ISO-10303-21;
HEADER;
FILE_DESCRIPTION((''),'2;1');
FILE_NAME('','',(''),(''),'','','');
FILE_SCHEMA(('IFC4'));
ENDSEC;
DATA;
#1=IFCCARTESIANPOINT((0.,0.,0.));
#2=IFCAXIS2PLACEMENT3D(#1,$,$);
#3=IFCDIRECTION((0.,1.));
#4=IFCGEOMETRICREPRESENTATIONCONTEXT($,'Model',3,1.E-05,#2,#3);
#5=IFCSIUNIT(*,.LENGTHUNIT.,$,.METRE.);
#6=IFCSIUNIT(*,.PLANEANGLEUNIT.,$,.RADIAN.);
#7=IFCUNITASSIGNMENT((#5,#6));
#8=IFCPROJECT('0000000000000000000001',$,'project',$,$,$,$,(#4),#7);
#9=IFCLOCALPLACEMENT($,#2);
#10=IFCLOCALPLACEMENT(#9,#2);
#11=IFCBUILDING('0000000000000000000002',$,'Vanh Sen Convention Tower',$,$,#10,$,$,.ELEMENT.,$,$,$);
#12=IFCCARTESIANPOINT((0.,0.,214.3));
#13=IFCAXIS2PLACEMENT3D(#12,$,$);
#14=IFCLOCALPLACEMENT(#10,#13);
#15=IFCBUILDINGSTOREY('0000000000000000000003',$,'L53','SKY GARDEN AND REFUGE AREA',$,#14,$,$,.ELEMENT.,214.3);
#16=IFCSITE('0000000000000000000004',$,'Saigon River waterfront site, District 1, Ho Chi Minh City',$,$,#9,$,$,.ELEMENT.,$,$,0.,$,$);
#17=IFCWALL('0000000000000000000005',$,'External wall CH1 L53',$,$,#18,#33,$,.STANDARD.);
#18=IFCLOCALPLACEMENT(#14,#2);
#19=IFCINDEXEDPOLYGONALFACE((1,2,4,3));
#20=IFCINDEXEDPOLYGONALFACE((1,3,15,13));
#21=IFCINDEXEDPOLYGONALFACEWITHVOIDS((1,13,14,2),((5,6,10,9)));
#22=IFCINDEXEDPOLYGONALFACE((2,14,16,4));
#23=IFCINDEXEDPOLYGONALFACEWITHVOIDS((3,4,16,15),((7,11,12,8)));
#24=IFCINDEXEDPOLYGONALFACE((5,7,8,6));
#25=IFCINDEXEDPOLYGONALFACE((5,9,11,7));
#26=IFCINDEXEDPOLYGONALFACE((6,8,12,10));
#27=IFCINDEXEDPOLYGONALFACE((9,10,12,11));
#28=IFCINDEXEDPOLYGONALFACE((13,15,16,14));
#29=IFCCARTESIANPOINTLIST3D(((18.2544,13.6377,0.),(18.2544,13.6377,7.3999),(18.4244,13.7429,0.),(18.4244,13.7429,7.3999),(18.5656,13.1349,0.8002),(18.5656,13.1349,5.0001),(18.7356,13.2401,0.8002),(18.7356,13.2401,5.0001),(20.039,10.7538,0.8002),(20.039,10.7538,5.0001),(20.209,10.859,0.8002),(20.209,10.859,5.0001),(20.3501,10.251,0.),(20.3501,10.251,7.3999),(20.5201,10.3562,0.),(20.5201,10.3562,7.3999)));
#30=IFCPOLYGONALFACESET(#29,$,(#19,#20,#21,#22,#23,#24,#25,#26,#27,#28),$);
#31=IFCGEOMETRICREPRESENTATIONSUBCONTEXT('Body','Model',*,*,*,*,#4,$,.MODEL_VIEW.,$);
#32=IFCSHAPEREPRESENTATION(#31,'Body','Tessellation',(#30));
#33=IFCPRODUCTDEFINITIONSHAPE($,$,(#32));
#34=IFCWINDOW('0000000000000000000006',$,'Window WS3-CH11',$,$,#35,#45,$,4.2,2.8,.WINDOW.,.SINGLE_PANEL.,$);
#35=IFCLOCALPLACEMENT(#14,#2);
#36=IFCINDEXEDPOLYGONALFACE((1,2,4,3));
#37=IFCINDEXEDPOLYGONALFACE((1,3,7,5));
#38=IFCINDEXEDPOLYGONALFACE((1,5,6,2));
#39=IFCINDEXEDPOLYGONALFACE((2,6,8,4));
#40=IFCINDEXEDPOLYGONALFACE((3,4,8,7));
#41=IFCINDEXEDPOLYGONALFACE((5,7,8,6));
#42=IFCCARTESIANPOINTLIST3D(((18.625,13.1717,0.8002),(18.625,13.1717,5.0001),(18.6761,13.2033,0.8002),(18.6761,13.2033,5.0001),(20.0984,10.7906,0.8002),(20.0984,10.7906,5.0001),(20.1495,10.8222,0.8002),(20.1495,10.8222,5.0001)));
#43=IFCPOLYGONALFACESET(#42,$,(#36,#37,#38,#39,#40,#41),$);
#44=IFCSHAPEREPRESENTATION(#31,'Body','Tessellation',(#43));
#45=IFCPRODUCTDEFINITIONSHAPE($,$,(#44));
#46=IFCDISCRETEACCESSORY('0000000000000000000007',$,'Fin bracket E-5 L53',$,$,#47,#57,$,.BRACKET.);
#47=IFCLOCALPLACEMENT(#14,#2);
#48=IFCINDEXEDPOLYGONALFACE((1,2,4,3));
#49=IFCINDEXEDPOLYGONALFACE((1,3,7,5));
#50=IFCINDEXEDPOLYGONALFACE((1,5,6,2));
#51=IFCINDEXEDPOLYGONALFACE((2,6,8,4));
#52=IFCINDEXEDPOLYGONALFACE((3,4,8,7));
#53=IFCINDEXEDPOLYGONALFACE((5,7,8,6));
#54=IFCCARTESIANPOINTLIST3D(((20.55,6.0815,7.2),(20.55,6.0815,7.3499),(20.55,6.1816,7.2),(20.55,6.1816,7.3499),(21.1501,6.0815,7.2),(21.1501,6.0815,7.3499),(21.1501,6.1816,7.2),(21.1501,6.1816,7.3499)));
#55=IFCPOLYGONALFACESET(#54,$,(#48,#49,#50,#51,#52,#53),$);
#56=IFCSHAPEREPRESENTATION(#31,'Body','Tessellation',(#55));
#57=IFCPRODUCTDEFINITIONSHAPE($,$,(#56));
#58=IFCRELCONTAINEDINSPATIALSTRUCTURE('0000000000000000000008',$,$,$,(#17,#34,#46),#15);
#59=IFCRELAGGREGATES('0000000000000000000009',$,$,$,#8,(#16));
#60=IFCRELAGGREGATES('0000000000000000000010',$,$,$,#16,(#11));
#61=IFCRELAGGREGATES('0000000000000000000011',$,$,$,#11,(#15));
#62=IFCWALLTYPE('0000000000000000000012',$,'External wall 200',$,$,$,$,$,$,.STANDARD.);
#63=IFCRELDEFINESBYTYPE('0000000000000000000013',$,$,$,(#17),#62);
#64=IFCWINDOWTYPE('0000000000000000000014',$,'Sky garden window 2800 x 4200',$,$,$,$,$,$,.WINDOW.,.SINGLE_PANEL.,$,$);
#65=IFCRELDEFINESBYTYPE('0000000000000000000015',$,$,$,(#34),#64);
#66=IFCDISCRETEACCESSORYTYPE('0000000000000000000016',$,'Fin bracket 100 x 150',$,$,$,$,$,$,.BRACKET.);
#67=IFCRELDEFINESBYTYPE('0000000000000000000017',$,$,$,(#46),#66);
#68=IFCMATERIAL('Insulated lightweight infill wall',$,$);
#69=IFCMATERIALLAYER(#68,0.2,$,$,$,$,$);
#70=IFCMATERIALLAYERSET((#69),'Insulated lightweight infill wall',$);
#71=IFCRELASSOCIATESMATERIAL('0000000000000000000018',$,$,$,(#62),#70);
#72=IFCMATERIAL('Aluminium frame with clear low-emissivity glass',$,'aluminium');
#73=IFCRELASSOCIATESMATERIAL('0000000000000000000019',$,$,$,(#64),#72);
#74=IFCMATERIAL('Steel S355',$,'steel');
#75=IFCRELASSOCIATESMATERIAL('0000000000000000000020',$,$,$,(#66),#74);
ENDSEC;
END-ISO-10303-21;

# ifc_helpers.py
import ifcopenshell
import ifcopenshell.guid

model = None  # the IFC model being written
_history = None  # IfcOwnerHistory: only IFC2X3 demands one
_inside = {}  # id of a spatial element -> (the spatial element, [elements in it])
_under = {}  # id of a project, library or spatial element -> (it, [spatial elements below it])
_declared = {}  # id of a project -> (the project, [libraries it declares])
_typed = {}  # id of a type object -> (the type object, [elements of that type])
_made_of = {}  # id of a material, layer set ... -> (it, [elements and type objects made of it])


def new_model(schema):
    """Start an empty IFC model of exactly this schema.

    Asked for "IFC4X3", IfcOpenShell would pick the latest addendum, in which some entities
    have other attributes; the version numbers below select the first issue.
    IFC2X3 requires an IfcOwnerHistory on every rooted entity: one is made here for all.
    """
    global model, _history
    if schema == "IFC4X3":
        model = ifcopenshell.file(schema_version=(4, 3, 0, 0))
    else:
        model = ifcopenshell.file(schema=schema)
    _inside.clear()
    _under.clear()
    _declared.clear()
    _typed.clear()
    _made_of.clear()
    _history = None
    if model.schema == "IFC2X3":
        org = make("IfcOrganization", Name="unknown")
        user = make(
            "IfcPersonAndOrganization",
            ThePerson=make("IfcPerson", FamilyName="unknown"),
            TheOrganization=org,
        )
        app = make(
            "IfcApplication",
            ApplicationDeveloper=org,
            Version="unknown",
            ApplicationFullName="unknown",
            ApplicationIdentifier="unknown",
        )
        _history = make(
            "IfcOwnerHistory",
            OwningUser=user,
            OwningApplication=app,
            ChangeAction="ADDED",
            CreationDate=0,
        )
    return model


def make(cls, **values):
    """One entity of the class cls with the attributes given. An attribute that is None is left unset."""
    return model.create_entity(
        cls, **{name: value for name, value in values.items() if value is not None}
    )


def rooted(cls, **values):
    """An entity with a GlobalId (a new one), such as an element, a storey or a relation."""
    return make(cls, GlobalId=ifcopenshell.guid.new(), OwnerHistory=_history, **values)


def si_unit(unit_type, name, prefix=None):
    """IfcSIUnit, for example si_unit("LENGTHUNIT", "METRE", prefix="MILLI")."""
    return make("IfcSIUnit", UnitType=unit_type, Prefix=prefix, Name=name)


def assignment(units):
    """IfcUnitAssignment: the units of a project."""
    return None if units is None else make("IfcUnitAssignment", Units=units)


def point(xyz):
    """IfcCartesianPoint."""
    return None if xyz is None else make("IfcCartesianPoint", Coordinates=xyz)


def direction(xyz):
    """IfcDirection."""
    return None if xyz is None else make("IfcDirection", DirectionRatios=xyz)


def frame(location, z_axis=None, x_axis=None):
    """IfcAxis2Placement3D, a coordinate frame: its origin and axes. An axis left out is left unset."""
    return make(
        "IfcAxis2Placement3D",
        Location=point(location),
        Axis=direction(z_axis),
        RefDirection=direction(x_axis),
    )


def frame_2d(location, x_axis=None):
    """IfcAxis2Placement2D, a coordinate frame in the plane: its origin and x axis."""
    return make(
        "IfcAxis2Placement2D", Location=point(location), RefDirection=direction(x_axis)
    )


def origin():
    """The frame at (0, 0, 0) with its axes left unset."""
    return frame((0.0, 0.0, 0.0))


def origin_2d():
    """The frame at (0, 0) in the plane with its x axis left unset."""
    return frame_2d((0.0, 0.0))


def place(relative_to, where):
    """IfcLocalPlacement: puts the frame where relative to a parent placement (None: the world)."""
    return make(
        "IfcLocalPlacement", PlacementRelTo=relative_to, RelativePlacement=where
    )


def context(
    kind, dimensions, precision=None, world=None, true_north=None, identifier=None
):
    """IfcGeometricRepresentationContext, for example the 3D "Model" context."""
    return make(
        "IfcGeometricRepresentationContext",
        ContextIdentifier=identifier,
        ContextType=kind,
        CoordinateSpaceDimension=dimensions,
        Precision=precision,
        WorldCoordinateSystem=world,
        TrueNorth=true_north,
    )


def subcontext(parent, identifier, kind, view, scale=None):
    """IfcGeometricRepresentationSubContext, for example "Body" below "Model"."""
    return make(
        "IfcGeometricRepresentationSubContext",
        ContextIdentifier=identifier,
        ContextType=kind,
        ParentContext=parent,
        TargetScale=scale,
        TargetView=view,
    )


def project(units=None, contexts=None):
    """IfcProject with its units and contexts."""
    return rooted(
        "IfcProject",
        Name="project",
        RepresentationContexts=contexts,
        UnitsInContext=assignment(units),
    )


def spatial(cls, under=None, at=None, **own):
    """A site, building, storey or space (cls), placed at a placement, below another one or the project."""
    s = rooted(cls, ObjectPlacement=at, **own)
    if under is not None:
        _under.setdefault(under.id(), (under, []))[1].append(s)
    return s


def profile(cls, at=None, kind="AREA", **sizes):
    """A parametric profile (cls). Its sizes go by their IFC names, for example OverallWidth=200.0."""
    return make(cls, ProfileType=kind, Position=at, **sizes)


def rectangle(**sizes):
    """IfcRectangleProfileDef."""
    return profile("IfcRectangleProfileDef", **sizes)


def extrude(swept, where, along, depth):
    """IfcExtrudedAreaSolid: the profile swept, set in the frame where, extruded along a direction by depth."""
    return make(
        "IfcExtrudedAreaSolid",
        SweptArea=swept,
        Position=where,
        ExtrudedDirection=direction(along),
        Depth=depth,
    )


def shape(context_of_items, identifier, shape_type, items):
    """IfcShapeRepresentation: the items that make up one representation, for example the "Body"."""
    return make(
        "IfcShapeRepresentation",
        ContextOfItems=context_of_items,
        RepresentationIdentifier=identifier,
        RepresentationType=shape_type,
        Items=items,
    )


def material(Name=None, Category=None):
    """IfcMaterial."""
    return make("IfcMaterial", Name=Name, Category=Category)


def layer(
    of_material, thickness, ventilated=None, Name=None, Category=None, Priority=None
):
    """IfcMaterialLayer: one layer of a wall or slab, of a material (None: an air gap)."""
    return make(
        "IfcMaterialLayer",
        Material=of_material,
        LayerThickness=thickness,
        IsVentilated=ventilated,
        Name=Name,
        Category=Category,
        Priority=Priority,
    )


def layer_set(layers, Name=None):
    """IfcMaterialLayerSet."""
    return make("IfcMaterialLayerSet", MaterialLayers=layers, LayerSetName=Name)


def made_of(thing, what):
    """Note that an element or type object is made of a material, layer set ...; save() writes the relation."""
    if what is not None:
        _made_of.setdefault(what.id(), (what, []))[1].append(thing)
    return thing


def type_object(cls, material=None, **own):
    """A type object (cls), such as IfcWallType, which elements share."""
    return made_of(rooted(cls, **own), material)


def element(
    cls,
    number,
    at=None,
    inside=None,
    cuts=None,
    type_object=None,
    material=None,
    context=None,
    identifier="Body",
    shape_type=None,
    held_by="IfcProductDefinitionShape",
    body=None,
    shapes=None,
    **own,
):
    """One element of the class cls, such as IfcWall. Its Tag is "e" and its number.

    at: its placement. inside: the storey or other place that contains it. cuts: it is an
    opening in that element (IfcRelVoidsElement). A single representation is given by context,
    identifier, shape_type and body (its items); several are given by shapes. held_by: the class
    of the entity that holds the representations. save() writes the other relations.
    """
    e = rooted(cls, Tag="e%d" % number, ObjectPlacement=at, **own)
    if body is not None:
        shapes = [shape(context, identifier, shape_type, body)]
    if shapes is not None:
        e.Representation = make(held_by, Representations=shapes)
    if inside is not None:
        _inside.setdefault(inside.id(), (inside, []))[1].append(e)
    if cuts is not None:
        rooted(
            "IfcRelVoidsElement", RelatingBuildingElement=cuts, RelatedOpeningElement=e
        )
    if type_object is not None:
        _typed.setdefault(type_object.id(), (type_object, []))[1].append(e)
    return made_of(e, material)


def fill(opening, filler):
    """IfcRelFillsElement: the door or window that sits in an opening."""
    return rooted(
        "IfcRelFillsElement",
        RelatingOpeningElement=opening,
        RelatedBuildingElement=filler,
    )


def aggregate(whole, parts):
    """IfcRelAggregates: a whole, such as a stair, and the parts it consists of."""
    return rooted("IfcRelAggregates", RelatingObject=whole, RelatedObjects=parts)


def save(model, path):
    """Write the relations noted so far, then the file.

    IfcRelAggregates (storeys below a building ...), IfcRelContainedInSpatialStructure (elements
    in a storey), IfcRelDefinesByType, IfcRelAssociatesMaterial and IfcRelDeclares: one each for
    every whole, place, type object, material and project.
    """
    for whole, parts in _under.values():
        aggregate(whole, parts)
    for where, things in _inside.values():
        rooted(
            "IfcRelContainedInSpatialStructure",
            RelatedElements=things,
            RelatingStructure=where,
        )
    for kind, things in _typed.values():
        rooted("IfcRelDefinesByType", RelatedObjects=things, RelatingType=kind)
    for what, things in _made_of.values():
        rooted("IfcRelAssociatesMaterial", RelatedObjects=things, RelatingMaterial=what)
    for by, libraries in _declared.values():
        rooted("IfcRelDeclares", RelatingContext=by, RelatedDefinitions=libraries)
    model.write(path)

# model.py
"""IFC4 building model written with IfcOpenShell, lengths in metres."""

from ifc_helpers import new_model, si_unit, direction, frame, frame_2d, origin, origin_2d, place, context, subcontext, project, spatial, rectangle, extrude, material, layer, layer_set, type_object, element, fill, save


model = new_model("IFC4")

# Units and contexts
model_context = context("Model", 3, precision=1e-05, world=origin(), true_north=direction((0.0, 1.0)))
body_context = subcontext(model_context, "Body", "Model", "MODEL_VIEW")
ifc_project = project(units=[si_unit("LENGTHUNIT", "METRE"), si_unit("PLANEANGLEUNIT", "RADIAN")], contexts=[model_context])

# Site, building, storey
site_placement = place(None, origin())
site = spatial("IfcSite", under=ifc_project, at=site_placement, Name="Saigon River waterfront site, District 1, Ho Chi Minh City", CompositionType="ELEMENT", RefElevation=0.0)
building_placement = place(site_placement, origin())
building = spatial("IfcBuilding", under=site, at=building_placement, Name="Vanh Sen Convention Tower", CompositionType="ELEMENT")
storey_placement = place(building_placement, frame((0.0, 0.0, 214.3)))
storey = spatial("IfcBuildingStorey", under=building, at=storey_placement, Name="L53", Description="SKY GARDEN AND REFUGE AREA", CompositionType="ELEMENT", Elevation=214.3)

# Wall, opening, window
ifc_material_1 = material(Name="Insulated lightweight infill wall")
ifc_layer_1 = layer(ifc_material_1, 0.2)
ifc_layer_set_1 = layer_set([ifc_layer_1], Name="Insulated lightweight infill wall")
wall_type = type_object("IfcWallType", Name="External wall 200", PredefinedType="STANDARD", material=ifc_layer_set_1)
wall_placement = place(storey_placement, frame((20.4351, 10.3037, 0.0), z_axis=(0.0, 0.0, 1.0), x_axis=(-0.526203, 0.850359, 0.0)))
wall = element("IfcWall", 1, at=wall_placement, inside=storey, type_object=wall_type, Name="External wall CH1 L53", PredefinedType="STANDARD", context=body_context, shape_type="SweptSolid", body=[
    extrude(rectangle(XDim=3.9827, YDim=0.2, at=frame_2d((1.9912, 0.0))), origin(), (0.0, 0.0, 1.0), 7.3999),
])
opening_placement = place(wall_placement, frame((0.5913, 0.0, 0.8)))
opening = element("IfcOpeningElement", 2, at=opening_placement, cuts=wall, PredefinedType="OPENING", context=body_context, shape_type="SweptSolid", body=[
    extrude(rectangle(XDim=2.8, YDim=4.2, at=frame_2d((1.3999, 2.1001))), frame((0.0, 0.1099, 0.0), z_axis=(0.0, -1.0, 0.0), x_axis=(1.0, 0.0, 0.0)), (0.0, 0.0, 1.0), 0.22),
])
ifc_material_2 = material(Name="Aluminium frame with clear low-emissivity glass", Category="aluminium")
window_type = type_object("IfcWindowType", Name="Sky garden window 2800 x 4200", PartitioningType="SINGLE_PANEL", PredefinedType="WINDOW", material=ifc_material_2)
window_placement = place(opening_placement, origin())
window = element("IfcWindow", 3, at=window_placement, inside=storey, type_object=window_type, Name="Window WS3-CH11", OverallHeight=4.2, OverallWidth=2.8, PartitioningType="SINGLE_PANEL", PredefinedType="WINDOW", context=body_context, shape_type="SweptSolid", body=[
    extrude(rectangle(XDim=2.8, YDim=4.2, at=frame_2d((1.3999, 2.1001))), frame((0.0, 0.03, 0.0), z_axis=(0.0, -1.0, 0.0), x_axis=(1.0, 0.0, 0.0)), (0.0, 0.0, 1.0), 0.0601),
])
fill(opening, window)

# Discrete accessory
ifc_material_3 = material(Name="Steel S355", Category="steel")
discrete_accessory_type = type_object("IfcDiscreteAccessoryType", Name="Fin bracket 100 x 150", PredefinedType="BRACKET", material=ifc_material_3)
discrete_accessory_placement = place(storey_placement, frame((20.8501, 6.1316, 7.2), z_axis=(0.0, 0.0, 1.0), x_axis=(1.0, 0.0, 0.0)))
element("IfcDiscreteAccessory", 4, at=discrete_accessory_placement, inside=storey, type_object=discrete_accessory_type, Name="Fin bracket E-5 L53", PredefinedType="BRACKET", context=body_context, shape_type="SweptSolid", body=[
    extrude(rectangle(XDim=0.6001, YDim=0.1001, at=origin_2d()), origin(), (0.0, 0.0, 1.0), 0.1499),
])

save(model, "model.ifc")
